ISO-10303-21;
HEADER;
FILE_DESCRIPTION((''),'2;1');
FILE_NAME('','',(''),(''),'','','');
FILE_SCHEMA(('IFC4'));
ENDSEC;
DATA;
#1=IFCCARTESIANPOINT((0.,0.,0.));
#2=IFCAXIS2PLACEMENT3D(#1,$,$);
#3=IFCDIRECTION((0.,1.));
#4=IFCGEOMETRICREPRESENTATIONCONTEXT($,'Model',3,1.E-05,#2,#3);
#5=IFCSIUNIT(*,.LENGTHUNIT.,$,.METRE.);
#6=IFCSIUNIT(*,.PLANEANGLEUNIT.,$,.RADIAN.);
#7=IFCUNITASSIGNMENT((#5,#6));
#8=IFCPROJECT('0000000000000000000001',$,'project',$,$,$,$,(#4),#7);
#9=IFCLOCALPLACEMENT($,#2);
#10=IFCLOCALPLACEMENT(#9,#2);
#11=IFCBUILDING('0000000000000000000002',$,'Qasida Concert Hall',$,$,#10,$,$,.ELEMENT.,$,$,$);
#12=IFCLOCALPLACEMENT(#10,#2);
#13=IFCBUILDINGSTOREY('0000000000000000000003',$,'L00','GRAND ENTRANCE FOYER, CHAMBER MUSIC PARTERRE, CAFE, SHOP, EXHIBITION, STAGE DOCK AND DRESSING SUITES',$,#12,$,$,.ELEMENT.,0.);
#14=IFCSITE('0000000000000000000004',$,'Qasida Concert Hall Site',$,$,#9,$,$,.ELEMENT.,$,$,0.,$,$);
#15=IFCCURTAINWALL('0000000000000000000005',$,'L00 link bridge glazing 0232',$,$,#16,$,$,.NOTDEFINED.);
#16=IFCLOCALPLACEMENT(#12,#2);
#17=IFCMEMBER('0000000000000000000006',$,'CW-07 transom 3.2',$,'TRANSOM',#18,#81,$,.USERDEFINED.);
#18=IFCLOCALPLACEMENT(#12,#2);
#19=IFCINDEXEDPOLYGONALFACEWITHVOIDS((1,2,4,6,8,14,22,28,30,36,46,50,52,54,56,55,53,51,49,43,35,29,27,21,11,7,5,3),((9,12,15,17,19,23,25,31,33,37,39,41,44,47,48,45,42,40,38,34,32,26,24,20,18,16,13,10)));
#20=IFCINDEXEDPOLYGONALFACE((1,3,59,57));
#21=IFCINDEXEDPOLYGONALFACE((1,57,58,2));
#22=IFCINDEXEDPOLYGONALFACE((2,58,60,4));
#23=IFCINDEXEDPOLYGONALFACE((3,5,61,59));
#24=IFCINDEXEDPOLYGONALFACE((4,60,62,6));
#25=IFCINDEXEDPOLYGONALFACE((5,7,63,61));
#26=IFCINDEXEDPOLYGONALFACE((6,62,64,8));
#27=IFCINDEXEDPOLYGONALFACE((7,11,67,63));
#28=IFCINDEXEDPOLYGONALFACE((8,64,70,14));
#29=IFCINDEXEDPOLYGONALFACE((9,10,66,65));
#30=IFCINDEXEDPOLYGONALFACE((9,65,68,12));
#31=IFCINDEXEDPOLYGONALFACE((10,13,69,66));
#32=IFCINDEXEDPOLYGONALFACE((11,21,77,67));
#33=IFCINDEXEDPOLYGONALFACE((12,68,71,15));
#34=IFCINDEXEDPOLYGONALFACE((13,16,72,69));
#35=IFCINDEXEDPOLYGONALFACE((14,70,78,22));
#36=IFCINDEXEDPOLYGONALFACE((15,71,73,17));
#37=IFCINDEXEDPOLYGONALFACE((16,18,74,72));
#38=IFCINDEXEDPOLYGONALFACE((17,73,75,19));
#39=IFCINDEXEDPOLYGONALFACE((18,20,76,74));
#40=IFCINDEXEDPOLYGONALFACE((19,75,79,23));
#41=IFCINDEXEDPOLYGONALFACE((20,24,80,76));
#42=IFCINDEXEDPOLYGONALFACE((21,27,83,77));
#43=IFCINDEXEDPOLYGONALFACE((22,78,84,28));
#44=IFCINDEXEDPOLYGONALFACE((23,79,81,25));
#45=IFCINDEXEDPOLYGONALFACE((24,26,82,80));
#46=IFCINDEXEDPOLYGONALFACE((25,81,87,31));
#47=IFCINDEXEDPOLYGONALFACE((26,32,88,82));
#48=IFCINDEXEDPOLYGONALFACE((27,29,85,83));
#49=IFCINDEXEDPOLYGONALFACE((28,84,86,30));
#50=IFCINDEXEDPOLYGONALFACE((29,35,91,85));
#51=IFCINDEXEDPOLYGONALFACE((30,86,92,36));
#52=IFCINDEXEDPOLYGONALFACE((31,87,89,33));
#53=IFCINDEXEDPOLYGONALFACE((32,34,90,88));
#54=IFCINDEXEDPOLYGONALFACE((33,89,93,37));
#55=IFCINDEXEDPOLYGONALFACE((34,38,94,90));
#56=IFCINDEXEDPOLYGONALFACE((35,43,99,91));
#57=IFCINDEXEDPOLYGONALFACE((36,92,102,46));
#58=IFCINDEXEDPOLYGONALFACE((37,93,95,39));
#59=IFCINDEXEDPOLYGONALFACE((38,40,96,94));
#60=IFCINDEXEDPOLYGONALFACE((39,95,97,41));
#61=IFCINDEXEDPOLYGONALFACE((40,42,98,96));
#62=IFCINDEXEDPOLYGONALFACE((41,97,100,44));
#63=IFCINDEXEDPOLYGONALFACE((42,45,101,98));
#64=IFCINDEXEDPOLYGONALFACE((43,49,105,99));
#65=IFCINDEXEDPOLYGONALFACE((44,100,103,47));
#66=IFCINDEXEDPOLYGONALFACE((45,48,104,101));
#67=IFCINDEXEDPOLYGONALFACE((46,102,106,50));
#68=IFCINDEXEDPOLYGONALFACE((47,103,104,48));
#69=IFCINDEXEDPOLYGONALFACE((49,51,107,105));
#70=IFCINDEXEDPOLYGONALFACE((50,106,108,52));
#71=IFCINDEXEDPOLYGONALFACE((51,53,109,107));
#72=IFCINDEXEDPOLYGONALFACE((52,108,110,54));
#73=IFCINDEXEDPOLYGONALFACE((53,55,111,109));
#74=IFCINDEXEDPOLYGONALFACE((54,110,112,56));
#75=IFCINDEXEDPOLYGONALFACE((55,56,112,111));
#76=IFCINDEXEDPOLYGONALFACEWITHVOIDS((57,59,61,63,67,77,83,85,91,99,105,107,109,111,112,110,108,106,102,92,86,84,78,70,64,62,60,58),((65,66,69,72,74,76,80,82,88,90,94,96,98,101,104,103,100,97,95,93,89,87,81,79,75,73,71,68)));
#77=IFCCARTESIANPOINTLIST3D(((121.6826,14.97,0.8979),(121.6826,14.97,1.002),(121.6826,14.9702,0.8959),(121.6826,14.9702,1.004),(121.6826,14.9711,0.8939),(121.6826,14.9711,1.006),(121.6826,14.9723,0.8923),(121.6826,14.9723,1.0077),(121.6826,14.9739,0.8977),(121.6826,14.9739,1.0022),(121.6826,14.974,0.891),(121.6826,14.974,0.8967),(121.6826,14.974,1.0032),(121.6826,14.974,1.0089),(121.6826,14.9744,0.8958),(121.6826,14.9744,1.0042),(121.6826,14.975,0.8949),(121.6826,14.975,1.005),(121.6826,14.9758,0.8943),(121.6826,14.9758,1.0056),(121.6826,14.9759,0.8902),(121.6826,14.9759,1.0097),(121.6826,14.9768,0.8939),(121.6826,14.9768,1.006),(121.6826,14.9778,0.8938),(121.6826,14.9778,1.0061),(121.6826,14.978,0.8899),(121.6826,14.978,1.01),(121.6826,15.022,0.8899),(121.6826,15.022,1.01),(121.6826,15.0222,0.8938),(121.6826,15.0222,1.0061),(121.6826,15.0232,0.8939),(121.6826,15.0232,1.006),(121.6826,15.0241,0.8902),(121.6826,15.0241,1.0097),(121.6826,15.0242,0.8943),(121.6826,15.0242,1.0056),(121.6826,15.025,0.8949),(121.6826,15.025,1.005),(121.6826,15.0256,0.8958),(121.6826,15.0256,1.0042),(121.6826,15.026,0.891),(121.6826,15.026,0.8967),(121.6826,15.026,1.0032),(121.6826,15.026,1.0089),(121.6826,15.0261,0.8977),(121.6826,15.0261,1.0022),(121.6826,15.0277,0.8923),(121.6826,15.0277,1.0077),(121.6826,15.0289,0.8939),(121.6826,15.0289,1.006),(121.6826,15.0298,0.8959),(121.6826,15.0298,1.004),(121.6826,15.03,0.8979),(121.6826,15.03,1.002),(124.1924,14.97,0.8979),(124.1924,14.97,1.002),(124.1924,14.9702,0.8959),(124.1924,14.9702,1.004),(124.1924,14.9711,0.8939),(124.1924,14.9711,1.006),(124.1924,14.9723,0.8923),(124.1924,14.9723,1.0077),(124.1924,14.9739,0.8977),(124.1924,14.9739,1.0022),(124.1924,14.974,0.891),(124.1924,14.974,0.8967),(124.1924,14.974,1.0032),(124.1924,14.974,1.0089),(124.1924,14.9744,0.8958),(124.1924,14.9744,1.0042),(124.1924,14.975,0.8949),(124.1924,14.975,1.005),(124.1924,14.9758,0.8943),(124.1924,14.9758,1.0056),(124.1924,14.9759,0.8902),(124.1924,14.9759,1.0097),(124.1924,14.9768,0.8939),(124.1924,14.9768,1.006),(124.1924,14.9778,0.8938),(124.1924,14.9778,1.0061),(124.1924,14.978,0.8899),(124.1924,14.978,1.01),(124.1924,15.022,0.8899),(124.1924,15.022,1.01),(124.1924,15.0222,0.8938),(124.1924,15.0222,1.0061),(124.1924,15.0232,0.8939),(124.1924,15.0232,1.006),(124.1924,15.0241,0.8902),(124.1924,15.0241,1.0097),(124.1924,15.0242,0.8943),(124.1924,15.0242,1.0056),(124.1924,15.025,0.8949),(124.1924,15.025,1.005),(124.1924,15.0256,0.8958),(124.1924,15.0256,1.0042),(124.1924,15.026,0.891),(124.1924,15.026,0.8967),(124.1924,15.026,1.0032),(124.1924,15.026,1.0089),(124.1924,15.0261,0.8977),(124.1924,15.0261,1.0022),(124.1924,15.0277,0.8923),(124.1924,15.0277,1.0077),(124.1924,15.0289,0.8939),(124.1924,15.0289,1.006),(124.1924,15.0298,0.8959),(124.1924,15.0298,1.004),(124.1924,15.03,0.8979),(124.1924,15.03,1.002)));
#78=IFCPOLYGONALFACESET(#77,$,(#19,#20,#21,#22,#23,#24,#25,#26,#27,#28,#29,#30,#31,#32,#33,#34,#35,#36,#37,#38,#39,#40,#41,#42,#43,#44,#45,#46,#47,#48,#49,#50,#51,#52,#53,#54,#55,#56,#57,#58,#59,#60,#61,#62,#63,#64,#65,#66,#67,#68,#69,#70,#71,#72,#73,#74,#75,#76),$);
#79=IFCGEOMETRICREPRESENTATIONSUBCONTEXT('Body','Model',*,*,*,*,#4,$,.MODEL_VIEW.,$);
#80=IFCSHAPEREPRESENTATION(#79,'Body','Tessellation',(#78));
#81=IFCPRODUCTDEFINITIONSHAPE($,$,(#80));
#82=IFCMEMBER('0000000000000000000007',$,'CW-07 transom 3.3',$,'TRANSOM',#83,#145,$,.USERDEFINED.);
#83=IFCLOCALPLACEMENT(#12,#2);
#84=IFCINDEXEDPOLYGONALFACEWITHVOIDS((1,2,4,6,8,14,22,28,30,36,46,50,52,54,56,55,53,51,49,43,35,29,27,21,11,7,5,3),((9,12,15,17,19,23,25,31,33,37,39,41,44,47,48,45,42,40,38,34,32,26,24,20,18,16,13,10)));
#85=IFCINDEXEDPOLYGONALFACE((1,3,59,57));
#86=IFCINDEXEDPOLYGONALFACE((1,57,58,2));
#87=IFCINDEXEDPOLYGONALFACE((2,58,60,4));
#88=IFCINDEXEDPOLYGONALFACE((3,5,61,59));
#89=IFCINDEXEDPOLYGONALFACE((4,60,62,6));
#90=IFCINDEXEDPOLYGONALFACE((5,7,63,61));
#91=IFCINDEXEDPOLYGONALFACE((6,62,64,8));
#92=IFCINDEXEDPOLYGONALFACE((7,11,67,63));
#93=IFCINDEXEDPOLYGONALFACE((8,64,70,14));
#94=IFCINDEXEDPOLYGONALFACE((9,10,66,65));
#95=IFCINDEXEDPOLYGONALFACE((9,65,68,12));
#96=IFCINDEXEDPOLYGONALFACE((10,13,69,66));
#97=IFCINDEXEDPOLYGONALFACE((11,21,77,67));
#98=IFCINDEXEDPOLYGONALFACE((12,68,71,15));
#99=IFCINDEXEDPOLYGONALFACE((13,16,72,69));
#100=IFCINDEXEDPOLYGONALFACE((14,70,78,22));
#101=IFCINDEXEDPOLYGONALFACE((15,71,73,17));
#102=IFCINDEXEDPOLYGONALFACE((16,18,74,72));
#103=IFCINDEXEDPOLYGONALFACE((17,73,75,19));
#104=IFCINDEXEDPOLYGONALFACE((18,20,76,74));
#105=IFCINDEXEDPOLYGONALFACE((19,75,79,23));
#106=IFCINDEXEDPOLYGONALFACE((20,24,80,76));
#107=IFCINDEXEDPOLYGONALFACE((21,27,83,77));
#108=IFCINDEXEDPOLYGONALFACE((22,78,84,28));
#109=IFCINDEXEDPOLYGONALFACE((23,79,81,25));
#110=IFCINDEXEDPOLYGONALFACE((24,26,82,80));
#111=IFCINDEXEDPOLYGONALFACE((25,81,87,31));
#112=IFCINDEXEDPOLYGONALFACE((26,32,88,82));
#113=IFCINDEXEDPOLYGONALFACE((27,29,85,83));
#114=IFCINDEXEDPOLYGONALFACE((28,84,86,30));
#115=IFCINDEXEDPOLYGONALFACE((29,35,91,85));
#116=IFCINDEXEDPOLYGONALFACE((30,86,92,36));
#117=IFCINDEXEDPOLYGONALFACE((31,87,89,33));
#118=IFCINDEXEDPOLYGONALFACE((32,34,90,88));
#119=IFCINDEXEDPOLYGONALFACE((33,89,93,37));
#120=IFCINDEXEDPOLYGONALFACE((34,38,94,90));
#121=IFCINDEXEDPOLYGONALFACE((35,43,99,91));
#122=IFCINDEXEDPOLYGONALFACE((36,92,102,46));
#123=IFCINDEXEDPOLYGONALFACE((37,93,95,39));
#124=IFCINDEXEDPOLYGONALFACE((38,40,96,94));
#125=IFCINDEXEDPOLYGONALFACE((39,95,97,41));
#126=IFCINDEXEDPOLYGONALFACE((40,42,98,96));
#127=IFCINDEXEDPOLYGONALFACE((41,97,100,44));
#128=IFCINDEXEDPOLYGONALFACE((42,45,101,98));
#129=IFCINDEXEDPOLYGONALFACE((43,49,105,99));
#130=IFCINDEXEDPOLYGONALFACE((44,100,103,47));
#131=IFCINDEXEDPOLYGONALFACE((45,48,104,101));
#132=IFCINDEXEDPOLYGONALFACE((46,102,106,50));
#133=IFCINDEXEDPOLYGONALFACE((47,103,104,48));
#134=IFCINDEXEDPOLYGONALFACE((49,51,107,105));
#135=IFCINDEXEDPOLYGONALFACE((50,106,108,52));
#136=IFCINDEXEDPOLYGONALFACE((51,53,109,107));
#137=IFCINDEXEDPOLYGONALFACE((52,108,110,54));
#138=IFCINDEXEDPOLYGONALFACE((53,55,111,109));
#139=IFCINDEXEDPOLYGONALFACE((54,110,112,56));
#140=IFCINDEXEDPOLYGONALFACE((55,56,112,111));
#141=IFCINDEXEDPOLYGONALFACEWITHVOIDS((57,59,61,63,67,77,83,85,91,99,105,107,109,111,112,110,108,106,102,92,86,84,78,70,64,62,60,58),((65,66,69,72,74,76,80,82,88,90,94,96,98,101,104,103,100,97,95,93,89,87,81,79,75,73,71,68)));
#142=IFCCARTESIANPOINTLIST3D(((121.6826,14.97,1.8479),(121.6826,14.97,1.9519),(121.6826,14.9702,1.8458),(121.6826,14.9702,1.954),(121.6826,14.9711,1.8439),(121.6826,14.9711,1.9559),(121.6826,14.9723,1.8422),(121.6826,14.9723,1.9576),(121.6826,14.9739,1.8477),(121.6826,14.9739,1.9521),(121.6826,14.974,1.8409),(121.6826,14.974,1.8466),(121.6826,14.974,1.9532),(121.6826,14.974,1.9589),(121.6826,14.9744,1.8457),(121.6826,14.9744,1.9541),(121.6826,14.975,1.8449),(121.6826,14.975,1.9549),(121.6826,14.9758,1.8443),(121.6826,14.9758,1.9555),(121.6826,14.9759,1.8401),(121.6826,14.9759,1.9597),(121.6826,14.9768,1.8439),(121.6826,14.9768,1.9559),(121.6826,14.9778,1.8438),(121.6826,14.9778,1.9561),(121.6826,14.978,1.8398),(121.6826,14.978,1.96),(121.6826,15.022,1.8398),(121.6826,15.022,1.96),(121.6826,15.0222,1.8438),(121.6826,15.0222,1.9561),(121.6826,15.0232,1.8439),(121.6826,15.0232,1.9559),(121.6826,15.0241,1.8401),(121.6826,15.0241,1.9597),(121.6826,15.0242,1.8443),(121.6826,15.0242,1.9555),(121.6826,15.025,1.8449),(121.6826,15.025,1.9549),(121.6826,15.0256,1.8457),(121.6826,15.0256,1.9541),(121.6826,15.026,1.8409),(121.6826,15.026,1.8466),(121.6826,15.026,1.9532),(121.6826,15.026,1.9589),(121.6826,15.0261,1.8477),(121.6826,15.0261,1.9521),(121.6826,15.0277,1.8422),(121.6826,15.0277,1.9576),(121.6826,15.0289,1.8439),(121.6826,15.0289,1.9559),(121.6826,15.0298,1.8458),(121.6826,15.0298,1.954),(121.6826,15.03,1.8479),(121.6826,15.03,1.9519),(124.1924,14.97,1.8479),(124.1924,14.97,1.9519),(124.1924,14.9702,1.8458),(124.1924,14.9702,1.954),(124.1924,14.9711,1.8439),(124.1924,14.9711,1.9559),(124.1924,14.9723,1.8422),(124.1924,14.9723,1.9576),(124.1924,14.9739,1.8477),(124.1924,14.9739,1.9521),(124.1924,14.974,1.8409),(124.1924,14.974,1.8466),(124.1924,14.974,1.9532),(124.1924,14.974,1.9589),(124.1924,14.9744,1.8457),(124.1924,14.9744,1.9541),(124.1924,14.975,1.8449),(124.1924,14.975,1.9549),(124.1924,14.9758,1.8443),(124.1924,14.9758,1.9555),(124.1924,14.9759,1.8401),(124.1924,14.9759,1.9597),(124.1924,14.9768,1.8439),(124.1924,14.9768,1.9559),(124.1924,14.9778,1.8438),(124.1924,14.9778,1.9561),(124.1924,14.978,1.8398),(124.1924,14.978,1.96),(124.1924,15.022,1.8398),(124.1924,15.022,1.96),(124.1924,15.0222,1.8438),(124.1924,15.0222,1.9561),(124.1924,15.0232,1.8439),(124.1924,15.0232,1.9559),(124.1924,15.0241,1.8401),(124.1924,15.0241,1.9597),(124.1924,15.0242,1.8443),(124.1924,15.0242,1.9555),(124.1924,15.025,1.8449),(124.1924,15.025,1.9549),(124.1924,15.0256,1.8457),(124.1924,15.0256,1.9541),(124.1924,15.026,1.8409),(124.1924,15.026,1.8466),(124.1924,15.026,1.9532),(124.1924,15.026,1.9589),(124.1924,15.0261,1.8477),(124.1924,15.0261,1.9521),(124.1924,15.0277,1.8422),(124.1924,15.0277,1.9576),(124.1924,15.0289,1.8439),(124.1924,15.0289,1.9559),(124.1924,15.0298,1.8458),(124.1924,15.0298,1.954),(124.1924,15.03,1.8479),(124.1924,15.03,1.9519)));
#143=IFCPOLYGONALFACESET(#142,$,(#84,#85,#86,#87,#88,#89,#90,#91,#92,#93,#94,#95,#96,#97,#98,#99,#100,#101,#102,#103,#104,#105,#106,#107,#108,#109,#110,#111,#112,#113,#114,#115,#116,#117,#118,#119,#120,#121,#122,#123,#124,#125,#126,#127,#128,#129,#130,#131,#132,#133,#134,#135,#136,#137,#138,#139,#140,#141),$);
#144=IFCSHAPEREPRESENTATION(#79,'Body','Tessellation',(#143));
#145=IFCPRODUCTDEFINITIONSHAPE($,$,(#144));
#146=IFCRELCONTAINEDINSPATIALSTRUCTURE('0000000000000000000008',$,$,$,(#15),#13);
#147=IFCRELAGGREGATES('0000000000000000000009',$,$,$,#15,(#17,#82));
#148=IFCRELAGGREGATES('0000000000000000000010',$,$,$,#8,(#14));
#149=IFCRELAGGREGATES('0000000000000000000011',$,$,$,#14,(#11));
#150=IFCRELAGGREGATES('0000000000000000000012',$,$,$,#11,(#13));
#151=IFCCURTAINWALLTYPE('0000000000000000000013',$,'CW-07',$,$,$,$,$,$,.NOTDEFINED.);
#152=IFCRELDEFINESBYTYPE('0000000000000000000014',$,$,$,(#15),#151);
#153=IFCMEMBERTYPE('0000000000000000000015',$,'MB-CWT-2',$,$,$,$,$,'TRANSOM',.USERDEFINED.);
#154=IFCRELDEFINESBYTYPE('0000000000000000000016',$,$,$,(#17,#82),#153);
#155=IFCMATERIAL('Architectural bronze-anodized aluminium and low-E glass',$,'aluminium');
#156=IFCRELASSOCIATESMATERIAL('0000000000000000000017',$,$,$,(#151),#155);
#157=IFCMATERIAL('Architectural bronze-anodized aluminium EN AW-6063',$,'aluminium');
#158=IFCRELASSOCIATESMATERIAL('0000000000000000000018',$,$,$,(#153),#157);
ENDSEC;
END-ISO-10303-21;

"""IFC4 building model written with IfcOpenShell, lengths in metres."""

from ifc_helpers import new_model, si_unit, direction, frame, origin, origin_2d, place, context, subcontext, project, spatial, hollow_rectangle, extrude, material, material_profile, profile_set, type_object, element, aggregate, save


model = new_model("IFC4")

# Units and contexts
model_context = context("Model", 3, precision=1e-05, world=origin(), true_north=direction((0.0, 1.0)))
body_context = subcontext(model_context, "Body", "Model", "MODEL_VIEW")
ifc_project = project(units=[si_unit("LENGTHUNIT", "METRE"), si_unit("PLANEANGLEUNIT", "RADIAN")], contexts=[model_context])

# Site, building, storey
site_placement = place(None, origin())
site = spatial("IfcSite", under=ifc_project, at=site_placement, Name="Qasida Concert Hall Site", CompositionType="ELEMENT", RefElevation=0.0)
building_placement = place(site_placement, origin())
building = spatial("IfcBuilding", under=site, at=building_placement, Name="Qasida Concert Hall", CompositionType="ELEMENT")
storey_placement = place(building_placement, origin())
storey = spatial("IfcBuildingStorey", under=building, at=storey_placement, Name="L00", Description="GRAND ENTRANCE FOYER, CHAMBER MUSIC PARTERRE, CAFE, SHOP, EXHIBITION, STAGE DOCK AND DRESSING SUITES", CompositionType="ELEMENT", Elevation=0.0)

# Curtain wall, members
ifc_material_1 = material(Name="Architectural bronze-anodized aluminium and low-E glass", Category="aluminium")
curtain_wall_type = type_object("IfcCurtainWallType", Name="CW-07", PredefinedType="NOTDEFINED", material=ifc_material_1)
curtain_wall_placement = place(storey_placement, origin())
curtain_wall = element("IfcCurtainWall", 1, at=curtain_wall_placement, inside=storey, type_object=curtain_wall_type, Name="L00 link bridge glazing 0232", PredefinedType="NOTDEFINED")
ifc_material_2 = material(Name="Architectural bronze-anodized aluminium EN AW-6063", Category="aluminium")
ifc_material_profile_1 = material_profile(ifc_material_2, hollow_rectangle(XDim=0.0601, YDim=0.1201, WallThickness=0.0039, InnerFilletRadius=0.0039, OuterFilletRadius=0.0081, at=origin_2d()), Name="CWT 120x60x4")
ifc_profile_set_1 = profile_set([ifc_material_profile_1], Name="Architectural bronze-anodized aluminium EN AW-6063")
member_type_1 = type_object("IfcMemberType", Name="MB-CWT-2", ElementType="TRANSOM", PredefinedType="USERDEFINED", material=ifc_profile_set_1)
member_1_placement = place(storey_placement, frame((121.6826, 15.0, 0.95), z_axis=(1.0, 0.0, 0.0), x_axis=(0.0, 1.0, 0.0)))
member_1 = element("IfcMember", 2, at=member_1_placement, type_object=member_type_1, Name="CW-07 transom 3.2", ObjectType="TRANSOM", PredefinedType="USERDEFINED", context=body_context, shape_type="SweptSolid", body=[
    extrude(hollow_rectangle(XDim=0.0601, YDim=0.1201, WallThickness=0.0039, InnerFilletRadius=0.0039, OuterFilletRadius=0.0081, at=origin_2d()), origin(), (0.0, 0.0, 1.0), 2.5098),
])
member_2_placement = place(storey_placement, frame((121.6826, 15.0, 1.8999), z_axis=(1.0, 0.0, 0.0), x_axis=(0.0, 1.0, 0.0)))
member_2 = element("IfcMember", 3, at=member_2_placement, type_object=member_type_1, Name="CW-07 transom 3.3", ObjectType="TRANSOM", PredefinedType="USERDEFINED", context=body_context, shape_type="SweptSolid", body=[
    extrude(hollow_rectangle(XDim=0.0601, YDim=0.1201, WallThickness=0.0039, InnerFilletRadius=0.0039, OuterFilletRadius=0.0081, at=origin_2d()), origin(), (0.0, 0.0, 1.0), 2.5098),
])
aggregate(curtain_wall, [member_1, member_2])

save(model, "model.ifc")
